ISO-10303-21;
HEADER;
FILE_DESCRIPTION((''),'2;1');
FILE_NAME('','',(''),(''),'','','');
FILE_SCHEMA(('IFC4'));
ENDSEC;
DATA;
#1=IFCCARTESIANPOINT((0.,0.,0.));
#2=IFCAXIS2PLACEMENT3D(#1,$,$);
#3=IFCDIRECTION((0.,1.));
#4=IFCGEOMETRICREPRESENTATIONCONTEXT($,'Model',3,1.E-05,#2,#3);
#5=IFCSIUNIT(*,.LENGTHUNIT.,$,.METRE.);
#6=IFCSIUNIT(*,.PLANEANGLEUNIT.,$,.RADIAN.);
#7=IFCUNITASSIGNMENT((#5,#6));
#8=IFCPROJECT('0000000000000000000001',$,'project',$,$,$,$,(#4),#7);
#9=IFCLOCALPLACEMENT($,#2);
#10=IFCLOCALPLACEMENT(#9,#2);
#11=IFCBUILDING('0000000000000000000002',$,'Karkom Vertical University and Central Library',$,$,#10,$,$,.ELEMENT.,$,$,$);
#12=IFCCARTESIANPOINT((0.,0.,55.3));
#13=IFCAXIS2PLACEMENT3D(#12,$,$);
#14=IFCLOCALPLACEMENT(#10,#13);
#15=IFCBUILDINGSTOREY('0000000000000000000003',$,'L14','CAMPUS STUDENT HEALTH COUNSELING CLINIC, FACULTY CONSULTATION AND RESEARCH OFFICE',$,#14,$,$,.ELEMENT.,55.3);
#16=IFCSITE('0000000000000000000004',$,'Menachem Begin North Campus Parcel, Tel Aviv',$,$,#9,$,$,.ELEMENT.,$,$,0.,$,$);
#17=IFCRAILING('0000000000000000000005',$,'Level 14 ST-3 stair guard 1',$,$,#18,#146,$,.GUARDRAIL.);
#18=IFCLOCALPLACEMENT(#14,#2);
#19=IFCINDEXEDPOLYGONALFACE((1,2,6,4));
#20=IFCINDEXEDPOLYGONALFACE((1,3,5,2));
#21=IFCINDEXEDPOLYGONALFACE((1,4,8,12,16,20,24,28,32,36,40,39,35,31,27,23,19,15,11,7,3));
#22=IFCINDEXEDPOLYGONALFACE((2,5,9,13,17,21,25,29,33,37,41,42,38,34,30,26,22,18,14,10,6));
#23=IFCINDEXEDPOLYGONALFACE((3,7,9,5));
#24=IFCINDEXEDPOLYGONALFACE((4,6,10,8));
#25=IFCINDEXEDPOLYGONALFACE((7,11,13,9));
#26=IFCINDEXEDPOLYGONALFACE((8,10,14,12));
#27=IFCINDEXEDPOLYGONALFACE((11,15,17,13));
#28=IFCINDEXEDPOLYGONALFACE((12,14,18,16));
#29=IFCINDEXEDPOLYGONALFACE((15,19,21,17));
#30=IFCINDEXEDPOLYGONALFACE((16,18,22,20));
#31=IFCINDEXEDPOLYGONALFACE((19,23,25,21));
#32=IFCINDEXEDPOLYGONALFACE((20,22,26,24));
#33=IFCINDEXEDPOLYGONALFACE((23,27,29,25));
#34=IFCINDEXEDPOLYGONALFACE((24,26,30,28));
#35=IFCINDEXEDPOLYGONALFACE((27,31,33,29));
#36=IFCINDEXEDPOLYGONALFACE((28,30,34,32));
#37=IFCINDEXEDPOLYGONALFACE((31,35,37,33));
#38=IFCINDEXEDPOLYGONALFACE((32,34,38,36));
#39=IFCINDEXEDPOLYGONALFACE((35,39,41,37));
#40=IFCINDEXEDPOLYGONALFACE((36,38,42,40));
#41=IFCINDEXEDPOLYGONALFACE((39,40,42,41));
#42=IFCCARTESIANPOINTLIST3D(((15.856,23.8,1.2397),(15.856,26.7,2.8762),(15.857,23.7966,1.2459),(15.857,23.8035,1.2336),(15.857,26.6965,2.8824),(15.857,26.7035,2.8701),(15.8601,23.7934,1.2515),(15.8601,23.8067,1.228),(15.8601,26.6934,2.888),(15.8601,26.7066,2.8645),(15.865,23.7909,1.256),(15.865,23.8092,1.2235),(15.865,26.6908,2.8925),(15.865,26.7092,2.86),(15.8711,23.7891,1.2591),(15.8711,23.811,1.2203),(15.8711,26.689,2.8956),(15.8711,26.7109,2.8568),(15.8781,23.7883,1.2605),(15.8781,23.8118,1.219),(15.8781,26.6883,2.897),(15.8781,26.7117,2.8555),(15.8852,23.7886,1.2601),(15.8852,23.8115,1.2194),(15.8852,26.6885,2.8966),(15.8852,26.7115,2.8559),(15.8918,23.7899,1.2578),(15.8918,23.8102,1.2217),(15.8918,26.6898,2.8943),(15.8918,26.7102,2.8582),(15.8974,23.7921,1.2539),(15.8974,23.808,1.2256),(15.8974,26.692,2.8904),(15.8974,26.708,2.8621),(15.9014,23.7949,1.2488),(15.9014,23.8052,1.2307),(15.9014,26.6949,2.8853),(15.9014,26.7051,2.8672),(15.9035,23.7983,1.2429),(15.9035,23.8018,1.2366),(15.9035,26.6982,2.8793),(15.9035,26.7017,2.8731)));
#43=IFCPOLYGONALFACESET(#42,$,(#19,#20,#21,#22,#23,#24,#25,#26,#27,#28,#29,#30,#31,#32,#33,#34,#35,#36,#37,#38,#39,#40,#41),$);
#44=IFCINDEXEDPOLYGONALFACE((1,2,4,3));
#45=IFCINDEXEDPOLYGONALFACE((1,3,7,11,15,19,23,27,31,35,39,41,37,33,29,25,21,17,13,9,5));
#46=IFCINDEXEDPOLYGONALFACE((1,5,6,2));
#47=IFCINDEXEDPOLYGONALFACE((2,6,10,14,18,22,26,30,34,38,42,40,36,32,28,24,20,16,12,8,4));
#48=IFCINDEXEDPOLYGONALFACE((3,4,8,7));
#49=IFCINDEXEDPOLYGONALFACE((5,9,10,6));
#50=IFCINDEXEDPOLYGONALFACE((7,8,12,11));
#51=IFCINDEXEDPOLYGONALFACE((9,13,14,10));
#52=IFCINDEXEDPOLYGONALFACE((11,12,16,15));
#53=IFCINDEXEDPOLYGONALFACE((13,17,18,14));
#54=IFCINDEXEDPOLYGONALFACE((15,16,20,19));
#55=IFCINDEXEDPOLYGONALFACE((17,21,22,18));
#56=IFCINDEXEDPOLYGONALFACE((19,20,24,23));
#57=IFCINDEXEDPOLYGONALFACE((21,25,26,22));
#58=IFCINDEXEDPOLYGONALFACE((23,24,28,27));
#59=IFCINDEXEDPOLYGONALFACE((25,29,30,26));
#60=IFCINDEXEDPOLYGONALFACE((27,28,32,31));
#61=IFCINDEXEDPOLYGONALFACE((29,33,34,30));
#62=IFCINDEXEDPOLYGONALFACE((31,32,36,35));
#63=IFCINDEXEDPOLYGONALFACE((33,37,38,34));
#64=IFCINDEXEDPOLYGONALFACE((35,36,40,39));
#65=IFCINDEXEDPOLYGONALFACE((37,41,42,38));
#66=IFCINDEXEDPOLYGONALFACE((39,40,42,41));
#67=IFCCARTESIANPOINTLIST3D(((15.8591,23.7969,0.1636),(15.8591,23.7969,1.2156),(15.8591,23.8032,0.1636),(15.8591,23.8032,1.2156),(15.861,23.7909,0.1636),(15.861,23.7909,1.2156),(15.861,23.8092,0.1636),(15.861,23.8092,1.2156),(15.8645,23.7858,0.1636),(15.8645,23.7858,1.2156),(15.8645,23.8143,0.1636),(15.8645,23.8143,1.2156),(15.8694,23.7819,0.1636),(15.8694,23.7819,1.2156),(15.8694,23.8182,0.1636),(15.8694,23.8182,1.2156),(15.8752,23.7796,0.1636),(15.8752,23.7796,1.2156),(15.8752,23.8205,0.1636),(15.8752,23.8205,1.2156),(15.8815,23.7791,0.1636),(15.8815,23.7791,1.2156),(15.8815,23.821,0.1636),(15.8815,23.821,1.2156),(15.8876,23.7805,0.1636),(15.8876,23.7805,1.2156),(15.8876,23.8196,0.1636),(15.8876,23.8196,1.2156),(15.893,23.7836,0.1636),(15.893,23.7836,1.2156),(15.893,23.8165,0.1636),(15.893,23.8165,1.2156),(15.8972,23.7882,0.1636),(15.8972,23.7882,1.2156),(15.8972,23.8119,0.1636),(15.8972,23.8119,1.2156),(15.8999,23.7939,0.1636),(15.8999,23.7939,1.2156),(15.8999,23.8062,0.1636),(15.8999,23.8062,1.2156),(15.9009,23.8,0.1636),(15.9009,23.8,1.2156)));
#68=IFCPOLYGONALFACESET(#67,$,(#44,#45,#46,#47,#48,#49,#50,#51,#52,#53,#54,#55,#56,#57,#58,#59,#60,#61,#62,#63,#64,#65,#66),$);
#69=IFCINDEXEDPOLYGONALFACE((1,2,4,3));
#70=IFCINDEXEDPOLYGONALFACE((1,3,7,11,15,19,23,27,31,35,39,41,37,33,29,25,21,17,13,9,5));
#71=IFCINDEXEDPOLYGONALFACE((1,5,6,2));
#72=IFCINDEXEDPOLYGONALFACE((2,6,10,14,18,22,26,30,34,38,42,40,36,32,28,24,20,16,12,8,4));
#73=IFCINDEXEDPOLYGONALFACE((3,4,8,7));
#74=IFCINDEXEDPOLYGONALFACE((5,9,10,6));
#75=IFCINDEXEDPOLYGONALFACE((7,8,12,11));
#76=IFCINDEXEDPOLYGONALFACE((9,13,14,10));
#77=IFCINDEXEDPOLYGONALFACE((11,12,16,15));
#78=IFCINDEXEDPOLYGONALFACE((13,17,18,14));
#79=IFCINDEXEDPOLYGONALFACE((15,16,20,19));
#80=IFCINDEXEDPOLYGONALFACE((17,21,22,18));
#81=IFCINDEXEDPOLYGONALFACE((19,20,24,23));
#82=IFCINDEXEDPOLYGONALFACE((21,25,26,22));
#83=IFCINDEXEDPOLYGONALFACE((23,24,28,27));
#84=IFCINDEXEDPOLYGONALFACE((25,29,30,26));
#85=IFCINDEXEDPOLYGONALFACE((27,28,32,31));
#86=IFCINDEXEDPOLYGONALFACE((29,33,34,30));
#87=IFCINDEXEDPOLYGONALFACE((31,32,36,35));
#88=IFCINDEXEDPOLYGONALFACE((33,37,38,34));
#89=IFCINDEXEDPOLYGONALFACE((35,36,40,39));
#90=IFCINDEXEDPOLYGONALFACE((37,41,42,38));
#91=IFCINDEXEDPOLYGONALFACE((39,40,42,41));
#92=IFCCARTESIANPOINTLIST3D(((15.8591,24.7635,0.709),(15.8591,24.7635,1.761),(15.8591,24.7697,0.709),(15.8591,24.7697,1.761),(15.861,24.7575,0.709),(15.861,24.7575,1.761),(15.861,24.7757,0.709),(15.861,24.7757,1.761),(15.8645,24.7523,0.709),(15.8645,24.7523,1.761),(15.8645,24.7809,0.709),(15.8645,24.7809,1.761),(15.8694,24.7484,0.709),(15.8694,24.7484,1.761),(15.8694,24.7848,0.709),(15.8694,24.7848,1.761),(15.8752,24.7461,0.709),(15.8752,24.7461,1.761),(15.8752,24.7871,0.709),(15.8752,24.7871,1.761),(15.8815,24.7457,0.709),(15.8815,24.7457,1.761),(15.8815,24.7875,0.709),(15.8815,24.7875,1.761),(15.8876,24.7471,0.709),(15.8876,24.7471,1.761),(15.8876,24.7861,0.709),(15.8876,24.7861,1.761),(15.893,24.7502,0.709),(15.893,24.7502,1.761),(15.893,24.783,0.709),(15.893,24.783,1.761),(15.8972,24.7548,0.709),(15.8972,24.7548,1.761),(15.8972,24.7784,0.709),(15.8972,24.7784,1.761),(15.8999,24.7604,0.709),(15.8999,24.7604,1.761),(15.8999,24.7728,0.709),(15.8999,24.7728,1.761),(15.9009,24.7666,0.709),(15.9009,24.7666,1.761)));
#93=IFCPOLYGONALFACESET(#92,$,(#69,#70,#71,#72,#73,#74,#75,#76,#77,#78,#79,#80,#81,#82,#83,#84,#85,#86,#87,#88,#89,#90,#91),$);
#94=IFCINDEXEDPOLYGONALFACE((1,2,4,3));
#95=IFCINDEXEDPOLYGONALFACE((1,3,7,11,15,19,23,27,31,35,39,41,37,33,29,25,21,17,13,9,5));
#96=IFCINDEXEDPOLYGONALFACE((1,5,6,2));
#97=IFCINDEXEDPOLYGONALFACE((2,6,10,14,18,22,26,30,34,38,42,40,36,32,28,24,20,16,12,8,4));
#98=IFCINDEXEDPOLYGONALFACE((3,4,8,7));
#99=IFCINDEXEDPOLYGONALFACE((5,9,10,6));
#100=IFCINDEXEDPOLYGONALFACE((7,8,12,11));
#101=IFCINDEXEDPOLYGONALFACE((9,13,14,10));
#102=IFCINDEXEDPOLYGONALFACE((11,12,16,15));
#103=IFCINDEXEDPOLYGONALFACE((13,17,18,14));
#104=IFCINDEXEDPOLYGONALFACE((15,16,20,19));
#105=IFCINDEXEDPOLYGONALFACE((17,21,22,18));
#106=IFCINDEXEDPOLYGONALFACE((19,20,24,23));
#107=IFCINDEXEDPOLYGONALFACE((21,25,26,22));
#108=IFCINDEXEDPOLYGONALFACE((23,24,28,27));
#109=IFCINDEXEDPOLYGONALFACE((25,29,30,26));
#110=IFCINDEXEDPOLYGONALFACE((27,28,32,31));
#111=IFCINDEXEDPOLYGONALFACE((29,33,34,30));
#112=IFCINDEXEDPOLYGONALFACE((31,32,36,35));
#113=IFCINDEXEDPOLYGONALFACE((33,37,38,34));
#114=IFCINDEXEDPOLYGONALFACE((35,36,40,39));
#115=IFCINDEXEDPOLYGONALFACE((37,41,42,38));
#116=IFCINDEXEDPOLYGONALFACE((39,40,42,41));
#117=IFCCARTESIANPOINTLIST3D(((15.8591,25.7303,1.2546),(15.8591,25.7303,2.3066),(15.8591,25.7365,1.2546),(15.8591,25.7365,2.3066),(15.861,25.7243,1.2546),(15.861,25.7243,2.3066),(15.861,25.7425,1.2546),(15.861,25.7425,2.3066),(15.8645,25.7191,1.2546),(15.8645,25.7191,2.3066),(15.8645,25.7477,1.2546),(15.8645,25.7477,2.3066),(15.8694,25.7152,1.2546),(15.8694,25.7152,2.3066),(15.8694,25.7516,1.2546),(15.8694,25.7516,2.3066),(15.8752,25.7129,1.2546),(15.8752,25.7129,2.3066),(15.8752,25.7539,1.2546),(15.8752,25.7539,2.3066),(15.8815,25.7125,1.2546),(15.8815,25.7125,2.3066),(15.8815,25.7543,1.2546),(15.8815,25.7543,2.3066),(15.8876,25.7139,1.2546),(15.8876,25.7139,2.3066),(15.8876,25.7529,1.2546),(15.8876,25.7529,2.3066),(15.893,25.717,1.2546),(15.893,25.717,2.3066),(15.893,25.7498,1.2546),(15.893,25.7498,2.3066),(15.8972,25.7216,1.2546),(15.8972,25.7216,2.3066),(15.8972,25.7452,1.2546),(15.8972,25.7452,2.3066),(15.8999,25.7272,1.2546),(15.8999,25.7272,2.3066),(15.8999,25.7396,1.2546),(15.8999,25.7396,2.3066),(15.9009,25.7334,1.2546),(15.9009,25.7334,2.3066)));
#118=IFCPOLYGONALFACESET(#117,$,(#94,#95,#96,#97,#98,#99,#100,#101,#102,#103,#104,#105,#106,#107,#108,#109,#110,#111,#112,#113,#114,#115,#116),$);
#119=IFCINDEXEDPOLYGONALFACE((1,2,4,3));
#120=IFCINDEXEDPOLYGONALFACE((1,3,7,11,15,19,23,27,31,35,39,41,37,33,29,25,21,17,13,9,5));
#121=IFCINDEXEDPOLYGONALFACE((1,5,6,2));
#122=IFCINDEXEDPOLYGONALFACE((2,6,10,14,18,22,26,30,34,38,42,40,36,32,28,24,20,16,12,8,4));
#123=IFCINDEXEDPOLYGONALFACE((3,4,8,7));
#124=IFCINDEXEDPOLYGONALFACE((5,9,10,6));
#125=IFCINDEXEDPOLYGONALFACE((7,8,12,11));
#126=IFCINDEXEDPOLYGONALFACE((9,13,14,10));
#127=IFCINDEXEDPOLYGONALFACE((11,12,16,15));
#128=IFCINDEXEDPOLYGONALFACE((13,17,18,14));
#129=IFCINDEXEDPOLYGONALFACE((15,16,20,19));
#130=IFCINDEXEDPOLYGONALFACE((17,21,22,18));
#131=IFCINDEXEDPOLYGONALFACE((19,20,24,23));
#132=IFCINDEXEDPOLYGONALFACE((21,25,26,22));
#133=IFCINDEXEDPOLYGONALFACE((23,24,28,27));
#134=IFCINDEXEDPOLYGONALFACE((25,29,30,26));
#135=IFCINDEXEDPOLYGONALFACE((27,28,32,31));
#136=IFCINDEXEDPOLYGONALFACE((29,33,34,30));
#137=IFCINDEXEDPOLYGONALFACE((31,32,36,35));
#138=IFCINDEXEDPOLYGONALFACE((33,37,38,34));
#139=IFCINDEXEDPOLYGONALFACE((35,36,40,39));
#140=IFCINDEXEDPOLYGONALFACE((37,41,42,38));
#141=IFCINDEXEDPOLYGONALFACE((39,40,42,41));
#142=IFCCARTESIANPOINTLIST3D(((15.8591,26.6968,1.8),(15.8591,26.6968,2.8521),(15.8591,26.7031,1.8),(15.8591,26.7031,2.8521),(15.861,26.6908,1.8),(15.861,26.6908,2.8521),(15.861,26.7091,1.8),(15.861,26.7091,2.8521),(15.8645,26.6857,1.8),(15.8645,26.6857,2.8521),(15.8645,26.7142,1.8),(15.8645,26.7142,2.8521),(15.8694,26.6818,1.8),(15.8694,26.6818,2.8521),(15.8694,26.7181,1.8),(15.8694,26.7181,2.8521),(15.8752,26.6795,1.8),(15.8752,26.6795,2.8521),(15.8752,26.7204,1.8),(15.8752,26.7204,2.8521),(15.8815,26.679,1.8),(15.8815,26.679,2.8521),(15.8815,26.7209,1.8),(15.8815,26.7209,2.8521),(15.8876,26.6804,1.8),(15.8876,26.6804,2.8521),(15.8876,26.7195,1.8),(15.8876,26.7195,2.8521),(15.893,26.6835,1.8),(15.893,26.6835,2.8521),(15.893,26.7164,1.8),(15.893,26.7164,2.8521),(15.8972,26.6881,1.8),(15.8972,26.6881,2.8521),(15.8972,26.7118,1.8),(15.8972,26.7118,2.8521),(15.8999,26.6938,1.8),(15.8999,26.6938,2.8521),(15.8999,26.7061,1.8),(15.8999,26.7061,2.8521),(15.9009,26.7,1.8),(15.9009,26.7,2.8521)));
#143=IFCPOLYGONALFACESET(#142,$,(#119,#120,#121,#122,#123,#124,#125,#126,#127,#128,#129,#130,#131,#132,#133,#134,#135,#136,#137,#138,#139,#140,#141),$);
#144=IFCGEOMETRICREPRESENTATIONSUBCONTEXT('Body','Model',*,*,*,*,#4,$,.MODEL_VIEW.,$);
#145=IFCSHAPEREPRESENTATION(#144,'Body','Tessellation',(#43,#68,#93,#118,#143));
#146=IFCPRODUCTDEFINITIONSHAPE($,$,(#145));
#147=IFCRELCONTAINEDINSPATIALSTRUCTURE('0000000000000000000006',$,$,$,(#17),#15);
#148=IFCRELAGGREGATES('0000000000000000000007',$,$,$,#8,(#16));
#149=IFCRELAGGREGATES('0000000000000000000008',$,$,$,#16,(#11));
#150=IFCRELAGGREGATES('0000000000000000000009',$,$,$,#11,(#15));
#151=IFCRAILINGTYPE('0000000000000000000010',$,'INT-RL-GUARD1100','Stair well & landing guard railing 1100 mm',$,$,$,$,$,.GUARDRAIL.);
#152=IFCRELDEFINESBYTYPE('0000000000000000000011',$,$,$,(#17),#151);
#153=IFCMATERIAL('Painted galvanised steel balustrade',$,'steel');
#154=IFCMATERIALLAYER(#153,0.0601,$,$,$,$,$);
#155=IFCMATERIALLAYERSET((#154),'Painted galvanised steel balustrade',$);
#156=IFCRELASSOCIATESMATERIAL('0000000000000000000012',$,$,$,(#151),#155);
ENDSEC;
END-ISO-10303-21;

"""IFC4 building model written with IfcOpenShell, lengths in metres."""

from ifc_helpers import new_model, si_unit, direction, frame, origin, origin_2d, place, context, subcontext, project, spatial, circle, extrude, material, layer, layer_set, type_object, element, save


model = new_model("IFC4")

# Units and contexts
model_context = context("Model", 3, precision=1e-05, world=origin(), true_north=direction((0.0, 1.0)))
body_context = subcontext(model_context, "Body", "Model", "MODEL_VIEW")
ifc_project = project(units=[si_unit("LENGTHUNIT", "METRE"), si_unit("PLANEANGLEUNIT", "RADIAN")], contexts=[model_context])

# Site, building, storey
site_placement = place(None, origin())
site = spatial("IfcSite", under=ifc_project, at=site_placement, Name="Menachem Begin North Campus Parcel, Tel Aviv", CompositionType="ELEMENT", RefElevation=0.0)
building_placement = place(site_placement, origin())
building = spatial("IfcBuilding", under=site, at=building_placement, Name="Karkom Vertical University and Central Library", CompositionType="ELEMENT")
storey_placement = place(building_placement, frame((0.0, 0.0, 55.3)))
storey = spatial("IfcBuildingStorey", under=building, at=storey_placement, Name="L14", Description="CAMPUS STUDENT HEALTH COUNSELING CLINIC, FACULTY CONSULTATION AND RESEARCH OFFICE", CompositionType="ELEMENT", Elevation=55.3)

# Railing
ifc_material_1 = material(Name="Painted galvanised steel balustrade", Category="steel")
ifc_layer_1 = layer(ifc_material_1, 0.0601)
ifc_layer_set_1 = layer_set([ifc_layer_1], Name="Painted galvanised steel balustrade")
railing_type_1 = type_object("IfcRailingType", Name="INT-RL-GUARD1100", Description="Stair well & landing guard railing 1100 mm", PredefinedType="GUARDRAIL", material=ifc_layer_set_1)
railing_1_placement = place(storey_placement, frame((15.8799, 23.8, 0.1636)))
element("IfcRailing", 1, at=railing_1_placement, inside=storey, type_object=railing_type_1, Name="Level 14 ST-3 stair guard 1", PredefinedType="GUARDRAIL", context=body_context, shape_type="SweptSolid", body=[
    extrude(circle(Radius=0.0239, at=origin_2d()), frame((0.0, 0.0, 1.0762), z_axis=(0.0, 0.870897, 0.491465), x_axis=(-1.0, 0.0, 0.0)), (0.0, 0.0, 1.0), 3.3298),
    extrude(circle(Radius=0.021, at=origin_2d()), origin(), (0.0, 0.0, 1.0), 1.052),
    extrude(circle(Radius=0.021, at=origin_2d()), frame((0.0, 0.9666, 0.5454)), (0.0, 0.0, 1.0), 1.052),
    extrude(circle(Radius=0.021, at=origin_2d()), frame((0.0, 1.9333, 1.0911)), (0.0, 0.0, 1.0), 1.052),
    extrude(circle(Radius=0.021, at=origin_2d()), frame((0.0, 2.8999, 1.6365)), (0.0, 0.0, 1.0), 1.052),
])

save(model, "model.ifc")
